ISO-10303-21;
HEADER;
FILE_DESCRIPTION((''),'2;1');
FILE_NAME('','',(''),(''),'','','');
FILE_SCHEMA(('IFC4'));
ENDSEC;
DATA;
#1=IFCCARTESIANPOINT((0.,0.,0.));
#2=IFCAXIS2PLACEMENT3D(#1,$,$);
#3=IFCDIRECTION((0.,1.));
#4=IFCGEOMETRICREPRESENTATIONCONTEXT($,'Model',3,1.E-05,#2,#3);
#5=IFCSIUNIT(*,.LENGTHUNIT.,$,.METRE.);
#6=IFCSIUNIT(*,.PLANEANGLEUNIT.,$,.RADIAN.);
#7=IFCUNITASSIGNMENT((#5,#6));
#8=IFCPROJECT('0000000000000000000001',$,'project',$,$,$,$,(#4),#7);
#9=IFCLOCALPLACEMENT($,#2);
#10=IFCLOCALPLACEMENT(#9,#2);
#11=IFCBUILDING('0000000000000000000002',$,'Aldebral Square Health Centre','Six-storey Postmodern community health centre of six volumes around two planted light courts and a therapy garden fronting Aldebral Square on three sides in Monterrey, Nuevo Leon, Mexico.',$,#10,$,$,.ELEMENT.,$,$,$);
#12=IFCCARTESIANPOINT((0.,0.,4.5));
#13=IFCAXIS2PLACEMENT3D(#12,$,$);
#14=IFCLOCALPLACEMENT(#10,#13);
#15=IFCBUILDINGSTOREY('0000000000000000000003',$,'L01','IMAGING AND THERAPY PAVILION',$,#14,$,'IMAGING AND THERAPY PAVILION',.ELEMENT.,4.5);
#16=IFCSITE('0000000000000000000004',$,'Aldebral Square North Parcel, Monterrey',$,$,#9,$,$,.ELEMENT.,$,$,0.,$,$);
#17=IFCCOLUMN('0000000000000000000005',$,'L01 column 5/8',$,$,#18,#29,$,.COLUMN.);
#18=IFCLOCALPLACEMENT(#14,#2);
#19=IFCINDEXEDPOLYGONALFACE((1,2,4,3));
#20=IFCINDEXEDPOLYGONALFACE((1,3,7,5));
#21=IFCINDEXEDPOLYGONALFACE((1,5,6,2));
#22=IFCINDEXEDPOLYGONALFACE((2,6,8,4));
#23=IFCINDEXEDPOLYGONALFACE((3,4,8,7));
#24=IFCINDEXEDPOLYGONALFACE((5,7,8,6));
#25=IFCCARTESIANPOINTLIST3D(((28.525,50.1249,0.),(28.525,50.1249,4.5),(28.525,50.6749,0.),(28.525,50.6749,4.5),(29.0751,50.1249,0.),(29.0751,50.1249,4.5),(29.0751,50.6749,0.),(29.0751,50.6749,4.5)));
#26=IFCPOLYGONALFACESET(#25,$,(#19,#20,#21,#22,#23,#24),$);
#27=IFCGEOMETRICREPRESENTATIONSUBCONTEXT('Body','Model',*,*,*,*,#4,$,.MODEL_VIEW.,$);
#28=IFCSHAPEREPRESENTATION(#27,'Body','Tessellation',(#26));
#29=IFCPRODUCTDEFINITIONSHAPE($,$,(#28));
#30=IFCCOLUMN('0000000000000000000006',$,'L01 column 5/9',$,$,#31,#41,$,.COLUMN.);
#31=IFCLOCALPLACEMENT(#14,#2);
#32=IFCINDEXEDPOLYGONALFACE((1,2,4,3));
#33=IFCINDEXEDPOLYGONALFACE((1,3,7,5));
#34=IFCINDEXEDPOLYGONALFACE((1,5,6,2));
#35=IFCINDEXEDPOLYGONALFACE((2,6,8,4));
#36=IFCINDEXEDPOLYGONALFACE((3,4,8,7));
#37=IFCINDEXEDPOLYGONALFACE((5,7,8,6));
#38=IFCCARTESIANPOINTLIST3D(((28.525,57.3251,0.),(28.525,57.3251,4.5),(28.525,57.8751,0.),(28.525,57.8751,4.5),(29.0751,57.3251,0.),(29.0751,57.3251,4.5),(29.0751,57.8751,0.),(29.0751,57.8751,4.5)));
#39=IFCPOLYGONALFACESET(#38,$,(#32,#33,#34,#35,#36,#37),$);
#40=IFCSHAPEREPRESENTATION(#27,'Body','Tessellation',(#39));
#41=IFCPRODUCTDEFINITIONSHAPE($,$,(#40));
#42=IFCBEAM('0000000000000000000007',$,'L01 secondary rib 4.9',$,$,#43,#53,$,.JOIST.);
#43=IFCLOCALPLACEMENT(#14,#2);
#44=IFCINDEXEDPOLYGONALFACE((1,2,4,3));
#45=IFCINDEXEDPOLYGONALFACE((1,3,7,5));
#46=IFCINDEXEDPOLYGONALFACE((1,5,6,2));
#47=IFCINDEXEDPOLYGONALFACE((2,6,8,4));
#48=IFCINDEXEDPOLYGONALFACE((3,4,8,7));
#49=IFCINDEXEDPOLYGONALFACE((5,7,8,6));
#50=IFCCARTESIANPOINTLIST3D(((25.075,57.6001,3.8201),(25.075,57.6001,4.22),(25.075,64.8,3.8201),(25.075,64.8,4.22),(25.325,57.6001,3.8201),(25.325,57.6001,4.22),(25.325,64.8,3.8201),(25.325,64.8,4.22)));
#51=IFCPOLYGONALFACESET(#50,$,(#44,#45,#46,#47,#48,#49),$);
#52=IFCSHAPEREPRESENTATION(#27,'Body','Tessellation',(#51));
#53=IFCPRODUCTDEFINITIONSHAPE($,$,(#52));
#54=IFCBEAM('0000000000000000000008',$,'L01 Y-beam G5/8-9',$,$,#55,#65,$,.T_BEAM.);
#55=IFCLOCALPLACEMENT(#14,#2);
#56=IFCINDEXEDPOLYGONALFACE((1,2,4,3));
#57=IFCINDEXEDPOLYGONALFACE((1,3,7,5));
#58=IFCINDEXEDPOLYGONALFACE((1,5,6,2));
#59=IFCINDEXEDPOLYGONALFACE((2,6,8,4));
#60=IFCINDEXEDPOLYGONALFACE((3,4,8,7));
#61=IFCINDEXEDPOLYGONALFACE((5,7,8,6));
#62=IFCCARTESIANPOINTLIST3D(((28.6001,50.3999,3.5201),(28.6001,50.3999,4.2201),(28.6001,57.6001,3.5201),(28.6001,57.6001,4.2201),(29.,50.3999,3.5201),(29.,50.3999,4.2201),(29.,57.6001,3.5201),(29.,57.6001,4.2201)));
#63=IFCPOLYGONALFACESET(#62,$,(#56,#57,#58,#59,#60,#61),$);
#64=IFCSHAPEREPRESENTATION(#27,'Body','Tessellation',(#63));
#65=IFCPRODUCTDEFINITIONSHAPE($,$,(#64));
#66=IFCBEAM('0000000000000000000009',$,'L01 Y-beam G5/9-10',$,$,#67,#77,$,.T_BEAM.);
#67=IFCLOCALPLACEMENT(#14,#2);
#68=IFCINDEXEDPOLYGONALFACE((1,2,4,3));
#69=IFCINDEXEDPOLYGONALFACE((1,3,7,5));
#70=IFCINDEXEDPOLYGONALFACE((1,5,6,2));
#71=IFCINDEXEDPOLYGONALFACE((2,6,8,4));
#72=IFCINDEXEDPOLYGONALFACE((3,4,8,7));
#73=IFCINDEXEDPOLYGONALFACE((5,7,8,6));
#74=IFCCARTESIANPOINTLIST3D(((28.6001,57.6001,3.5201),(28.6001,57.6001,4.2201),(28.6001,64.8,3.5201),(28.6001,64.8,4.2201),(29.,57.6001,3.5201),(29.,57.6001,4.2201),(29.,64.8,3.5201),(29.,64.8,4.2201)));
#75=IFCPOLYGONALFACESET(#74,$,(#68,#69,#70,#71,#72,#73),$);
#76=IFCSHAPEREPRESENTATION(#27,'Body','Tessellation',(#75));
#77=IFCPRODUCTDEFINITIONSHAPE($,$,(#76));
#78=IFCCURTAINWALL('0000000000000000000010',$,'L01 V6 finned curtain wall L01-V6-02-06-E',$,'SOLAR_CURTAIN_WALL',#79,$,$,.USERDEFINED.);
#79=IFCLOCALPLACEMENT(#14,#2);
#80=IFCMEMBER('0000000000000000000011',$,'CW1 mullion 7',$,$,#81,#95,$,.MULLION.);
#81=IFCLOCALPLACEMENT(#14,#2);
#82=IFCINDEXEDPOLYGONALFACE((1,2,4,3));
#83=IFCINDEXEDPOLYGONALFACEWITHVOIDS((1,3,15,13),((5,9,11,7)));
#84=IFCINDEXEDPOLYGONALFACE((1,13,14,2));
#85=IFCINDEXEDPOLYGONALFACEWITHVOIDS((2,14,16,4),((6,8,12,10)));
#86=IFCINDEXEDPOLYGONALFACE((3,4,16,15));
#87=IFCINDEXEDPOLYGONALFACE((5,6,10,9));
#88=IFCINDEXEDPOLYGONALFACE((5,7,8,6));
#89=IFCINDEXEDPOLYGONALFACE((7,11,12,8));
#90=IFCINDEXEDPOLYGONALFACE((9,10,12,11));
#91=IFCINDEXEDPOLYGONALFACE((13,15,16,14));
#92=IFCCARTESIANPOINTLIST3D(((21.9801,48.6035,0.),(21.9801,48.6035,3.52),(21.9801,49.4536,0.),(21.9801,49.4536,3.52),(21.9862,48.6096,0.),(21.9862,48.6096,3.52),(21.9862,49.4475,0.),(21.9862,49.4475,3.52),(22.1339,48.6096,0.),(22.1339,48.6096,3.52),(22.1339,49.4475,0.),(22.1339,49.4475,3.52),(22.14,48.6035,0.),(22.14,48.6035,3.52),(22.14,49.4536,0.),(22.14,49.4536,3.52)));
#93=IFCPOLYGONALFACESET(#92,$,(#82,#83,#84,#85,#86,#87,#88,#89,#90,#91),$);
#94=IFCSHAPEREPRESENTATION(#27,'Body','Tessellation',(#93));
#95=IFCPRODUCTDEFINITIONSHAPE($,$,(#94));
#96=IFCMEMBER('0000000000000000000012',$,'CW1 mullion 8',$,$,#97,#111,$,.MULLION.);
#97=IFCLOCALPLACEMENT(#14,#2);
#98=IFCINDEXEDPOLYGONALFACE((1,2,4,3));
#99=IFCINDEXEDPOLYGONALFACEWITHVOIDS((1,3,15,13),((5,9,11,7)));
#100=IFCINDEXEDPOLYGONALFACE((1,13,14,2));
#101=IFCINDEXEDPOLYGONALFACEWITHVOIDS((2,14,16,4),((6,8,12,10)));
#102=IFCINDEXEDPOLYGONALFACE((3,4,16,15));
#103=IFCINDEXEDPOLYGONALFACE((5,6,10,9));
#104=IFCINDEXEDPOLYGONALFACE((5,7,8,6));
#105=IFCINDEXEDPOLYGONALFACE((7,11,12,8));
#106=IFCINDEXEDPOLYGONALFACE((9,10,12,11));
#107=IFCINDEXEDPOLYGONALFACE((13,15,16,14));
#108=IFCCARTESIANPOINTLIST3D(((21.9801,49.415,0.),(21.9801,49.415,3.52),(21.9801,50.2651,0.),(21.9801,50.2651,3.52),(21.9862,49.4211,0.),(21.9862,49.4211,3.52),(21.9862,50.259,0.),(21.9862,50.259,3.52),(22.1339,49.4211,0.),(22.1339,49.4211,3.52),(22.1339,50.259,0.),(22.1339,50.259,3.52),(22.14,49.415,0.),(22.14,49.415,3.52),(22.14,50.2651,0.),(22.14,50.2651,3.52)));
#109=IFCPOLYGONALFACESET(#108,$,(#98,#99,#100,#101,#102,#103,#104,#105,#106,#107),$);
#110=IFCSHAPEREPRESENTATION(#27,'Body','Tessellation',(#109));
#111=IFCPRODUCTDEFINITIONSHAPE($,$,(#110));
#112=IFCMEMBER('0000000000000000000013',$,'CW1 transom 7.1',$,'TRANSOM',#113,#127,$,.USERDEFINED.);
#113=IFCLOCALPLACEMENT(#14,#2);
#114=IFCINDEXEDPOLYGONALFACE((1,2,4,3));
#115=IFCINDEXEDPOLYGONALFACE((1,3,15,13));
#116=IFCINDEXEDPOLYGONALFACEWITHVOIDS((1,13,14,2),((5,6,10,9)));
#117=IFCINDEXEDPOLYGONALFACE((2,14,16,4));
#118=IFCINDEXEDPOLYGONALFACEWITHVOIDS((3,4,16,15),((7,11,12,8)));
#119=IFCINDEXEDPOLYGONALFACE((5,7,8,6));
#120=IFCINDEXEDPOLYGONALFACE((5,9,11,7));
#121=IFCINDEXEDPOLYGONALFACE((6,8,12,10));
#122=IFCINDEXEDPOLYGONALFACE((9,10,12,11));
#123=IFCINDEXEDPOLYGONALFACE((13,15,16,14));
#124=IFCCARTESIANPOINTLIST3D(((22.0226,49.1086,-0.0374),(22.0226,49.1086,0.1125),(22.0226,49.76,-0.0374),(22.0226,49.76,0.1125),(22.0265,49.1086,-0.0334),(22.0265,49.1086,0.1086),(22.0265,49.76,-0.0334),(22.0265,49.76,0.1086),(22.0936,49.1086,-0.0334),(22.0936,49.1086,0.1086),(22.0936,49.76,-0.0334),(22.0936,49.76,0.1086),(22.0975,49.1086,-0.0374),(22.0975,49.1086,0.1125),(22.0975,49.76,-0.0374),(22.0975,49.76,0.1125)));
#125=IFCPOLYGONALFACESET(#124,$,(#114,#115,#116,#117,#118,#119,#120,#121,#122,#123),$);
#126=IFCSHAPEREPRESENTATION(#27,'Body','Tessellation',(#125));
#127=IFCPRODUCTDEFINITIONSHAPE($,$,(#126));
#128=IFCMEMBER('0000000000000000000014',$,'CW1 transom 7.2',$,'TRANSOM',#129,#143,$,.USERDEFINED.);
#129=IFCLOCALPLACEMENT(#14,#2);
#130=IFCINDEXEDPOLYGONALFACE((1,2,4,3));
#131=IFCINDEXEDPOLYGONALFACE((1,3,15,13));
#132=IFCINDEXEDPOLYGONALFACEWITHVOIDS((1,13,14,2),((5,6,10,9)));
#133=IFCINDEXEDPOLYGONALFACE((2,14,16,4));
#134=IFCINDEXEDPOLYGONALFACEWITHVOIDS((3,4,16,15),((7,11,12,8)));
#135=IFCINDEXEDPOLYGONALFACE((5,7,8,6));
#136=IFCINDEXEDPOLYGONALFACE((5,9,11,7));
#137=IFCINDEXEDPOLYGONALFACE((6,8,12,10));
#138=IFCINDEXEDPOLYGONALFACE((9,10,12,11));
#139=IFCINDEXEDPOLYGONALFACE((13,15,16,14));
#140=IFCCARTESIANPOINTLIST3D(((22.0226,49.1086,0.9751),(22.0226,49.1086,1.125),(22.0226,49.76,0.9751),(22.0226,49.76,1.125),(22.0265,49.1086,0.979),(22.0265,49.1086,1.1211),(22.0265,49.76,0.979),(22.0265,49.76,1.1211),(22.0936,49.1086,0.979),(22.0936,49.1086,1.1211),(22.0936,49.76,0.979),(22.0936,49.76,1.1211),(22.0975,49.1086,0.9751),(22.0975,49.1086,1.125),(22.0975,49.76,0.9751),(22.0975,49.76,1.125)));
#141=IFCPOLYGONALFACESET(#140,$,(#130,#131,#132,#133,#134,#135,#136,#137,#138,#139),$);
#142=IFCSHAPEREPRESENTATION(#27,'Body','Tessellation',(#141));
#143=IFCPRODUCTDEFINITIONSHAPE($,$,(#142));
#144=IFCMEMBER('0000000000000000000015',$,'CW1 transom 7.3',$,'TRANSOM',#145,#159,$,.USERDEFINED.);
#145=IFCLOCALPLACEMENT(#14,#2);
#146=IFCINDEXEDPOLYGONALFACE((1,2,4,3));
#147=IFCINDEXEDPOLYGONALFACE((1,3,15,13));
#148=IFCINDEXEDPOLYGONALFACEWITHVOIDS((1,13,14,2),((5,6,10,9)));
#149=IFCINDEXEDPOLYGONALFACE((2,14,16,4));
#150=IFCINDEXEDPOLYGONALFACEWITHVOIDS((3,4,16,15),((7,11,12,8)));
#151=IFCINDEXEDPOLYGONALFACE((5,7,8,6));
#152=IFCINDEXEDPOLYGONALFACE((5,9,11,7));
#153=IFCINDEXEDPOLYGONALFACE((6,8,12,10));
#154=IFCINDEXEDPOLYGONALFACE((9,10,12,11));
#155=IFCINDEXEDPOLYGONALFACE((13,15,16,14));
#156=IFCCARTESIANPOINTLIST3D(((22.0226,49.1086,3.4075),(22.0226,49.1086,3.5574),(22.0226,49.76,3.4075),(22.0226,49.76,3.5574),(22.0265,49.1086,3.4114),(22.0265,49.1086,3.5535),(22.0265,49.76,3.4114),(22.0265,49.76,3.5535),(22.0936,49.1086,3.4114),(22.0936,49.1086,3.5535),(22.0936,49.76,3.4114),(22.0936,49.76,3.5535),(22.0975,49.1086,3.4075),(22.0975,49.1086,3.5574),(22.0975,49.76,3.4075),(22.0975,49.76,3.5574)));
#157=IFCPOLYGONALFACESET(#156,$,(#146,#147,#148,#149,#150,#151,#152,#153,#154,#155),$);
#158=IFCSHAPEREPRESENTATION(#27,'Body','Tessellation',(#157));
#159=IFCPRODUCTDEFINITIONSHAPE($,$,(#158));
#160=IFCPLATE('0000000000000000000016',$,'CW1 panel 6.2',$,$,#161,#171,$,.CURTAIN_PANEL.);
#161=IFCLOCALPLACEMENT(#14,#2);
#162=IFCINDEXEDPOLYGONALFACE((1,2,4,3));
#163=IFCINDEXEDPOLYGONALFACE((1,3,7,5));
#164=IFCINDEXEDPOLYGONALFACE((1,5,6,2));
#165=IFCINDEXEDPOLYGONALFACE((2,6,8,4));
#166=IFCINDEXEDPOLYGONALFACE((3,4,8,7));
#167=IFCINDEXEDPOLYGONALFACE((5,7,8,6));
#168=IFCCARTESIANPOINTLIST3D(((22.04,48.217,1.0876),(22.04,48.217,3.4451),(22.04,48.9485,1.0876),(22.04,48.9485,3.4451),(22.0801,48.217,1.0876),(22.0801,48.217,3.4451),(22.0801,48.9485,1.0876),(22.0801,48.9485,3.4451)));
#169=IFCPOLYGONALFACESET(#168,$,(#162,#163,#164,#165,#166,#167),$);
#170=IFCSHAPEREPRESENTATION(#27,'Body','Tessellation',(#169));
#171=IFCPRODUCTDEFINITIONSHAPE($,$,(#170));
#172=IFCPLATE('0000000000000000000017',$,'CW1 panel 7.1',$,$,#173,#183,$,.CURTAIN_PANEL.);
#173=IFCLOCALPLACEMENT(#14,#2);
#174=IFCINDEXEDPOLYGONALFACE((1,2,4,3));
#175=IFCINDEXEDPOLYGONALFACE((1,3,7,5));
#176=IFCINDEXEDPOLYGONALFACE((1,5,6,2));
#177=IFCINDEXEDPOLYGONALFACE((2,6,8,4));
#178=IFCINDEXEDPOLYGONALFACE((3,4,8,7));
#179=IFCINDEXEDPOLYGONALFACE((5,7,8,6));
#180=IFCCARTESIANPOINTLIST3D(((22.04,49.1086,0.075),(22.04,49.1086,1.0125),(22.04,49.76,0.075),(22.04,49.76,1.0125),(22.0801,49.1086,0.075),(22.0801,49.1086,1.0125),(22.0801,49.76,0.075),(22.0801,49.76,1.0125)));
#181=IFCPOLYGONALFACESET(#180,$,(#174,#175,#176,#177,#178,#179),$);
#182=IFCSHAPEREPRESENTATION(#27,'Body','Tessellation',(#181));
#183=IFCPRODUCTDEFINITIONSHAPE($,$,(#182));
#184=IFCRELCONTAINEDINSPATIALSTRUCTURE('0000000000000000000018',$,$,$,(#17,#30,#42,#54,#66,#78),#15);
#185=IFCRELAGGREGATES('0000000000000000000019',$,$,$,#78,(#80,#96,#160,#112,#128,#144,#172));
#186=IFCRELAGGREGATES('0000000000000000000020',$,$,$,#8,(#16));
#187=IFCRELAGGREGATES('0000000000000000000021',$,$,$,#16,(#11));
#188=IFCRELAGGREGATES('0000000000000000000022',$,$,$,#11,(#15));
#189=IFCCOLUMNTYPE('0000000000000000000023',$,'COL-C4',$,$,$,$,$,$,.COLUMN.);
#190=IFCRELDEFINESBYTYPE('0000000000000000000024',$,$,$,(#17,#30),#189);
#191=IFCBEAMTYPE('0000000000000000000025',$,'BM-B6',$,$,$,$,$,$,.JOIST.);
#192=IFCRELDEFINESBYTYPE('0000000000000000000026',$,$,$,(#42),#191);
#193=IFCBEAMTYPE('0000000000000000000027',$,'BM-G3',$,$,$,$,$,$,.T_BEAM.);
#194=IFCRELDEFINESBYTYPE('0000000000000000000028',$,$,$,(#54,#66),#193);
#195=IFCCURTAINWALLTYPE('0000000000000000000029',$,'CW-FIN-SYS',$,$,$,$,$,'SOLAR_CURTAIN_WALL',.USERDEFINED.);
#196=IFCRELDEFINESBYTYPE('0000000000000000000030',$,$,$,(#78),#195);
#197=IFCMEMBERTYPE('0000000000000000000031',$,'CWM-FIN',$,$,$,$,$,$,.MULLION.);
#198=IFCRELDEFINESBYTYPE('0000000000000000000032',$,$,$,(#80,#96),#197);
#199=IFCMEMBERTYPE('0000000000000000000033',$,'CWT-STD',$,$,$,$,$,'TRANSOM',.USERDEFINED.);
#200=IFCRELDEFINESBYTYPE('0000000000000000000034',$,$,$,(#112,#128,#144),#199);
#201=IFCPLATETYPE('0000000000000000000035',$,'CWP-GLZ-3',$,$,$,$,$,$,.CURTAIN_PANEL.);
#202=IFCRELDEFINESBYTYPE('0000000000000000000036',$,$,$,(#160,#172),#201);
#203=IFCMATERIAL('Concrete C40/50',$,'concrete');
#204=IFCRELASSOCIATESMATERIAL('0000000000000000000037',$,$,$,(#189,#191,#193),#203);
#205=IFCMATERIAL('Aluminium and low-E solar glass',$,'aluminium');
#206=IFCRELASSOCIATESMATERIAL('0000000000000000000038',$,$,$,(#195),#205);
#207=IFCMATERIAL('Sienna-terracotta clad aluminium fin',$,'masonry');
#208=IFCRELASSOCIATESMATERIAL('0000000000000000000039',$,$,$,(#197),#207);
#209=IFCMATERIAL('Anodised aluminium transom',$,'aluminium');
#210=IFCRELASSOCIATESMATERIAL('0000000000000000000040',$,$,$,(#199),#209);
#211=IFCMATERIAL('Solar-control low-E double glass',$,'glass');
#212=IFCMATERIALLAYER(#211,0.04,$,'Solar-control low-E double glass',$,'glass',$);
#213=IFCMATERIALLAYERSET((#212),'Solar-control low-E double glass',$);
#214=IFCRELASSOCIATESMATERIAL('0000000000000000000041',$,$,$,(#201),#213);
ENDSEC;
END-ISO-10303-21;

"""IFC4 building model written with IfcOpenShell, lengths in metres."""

from ifc_helpers import new_model, si_unit, direction, frame, origin, origin_2d, place, context, subcontext, project, spatial, rectangle, hollow_rectangle, extrude, material, layer, layer_set, material_profile, profile_set, type_object, element, aggregate, save


model = new_model("IFC4")

# Units and contexts
model_context = context("Model", 3, precision=1e-05, world=origin(), true_north=direction((0.0, 1.0)))
body_context = subcontext(model_context, "Body", "Model", "MODEL_VIEW")
ifc_project = project(units=[si_unit("LENGTHUNIT", "METRE"), si_unit("PLANEANGLEUNIT", "RADIAN")], contexts=[model_context])

# Site, building, storey
site_placement = place(None, origin())
site = spatial("IfcSite", under=ifc_project, at=site_placement, Name="Aldebral Square North Parcel, Monterrey", CompositionType="ELEMENT", RefElevation=0.0)
building_placement = place(site_placement, origin())
building = spatial("IfcBuilding", under=site, at=building_placement, Name="Aldebral Square Health Centre", Description="Six-storey Postmodern community health centre of six volumes around two planted light courts and a therapy garden fronting Aldebral Square on three sides in Monterrey, Nuevo Leon, Mexico.", CompositionType="ELEMENT")
storey_placement = place(building_placement, frame((0.0, 0.0, 4.5)))
storey = spatial("IfcBuildingStorey", under=building, at=storey_placement, Name="L01", Description="IMAGING AND THERAPY PAVILION", LongName="IMAGING AND THERAPY PAVILION", CompositionType="ELEMENT", Elevation=4.5)

# Columns
ifc_material_1 = material(Name="Concrete C40/50", Category="concrete")
ifc_material_profile_1 = material_profile(ifc_material_1, rectangle(XDim=0.55, YDim=0.55, at=origin_2d()), Name="RC 550x550")
ifc_profile_set_1 = profile_set([ifc_material_profile_1], Name="Concrete C40/50")
column_type = type_object("IfcColumnType", Name="COL-C4", PredefinedType="COLUMN", material=ifc_profile_set_1)
for number, where, z_axis, x_axis, name in (
    (1, (28.8, 50.3999, 0.0), (0.0, 0.0, 1.0), (1.0, 0.0, 0.0), "L01 column 5/8"),
    (2, (28.8, 57.6001, 0.0), (0.0, 0.0, 1.0), (1.0, 0.0, 0.0), "L01 column 5/9"),
):
    element("IfcColumn", number, at=place(storey_placement, frame(where, z_axis=z_axis, x_axis=x_axis)), inside=storey, type_object=column_type, Name=name, PredefinedType="COLUMN", context=body_context, shape_type="SweptSolid", body=[
        extrude(rectangle(XDim=0.55, YDim=0.55, at=origin_2d()), origin(), (0.0, 0.0, 1.0), 4.5),
    ])

# Beams
ifc_material_profile_2 = material_profile(ifc_material_1, rectangle(XDim=0.25, YDim=0.3999, at=origin_2d()), Name="RC 250x400")
ifc_profile_set_2 = profile_set([ifc_material_profile_2], Name="Concrete C40/50")
beam_type_1 = type_object("IfcBeamType", Name="BM-B6", PredefinedType="JOIST", material=ifc_profile_set_2)
beam_1_placement = place(storey_placement, frame((25.2, 57.6001, 4.02), z_axis=(0.0, 1.0, 0.0), x_axis=(-1.0, 0.0, 0.0)))
element("IfcBeam", 3, at=beam_1_placement, inside=storey, type_object=beam_type_1, Name="L01 secondary rib 4.9", PredefinedType="JOIST", context=body_context, shape_type="SweptSolid", body=[
    extrude(rectangle(XDim=0.25, YDim=0.3999, at=origin_2d()), origin(), (0.0, 0.0, 1.0), 7.2),
])
ifc_material_profile_3 = material_profile(ifc_material_1, rectangle(XDim=0.3999, YDim=0.7, at=origin_2d()), Name="RC 400x700")
ifc_profile_set_3 = profile_set([ifc_material_profile_3], Name="Concrete C40/50")
beam_type_2 = type_object("IfcBeamType", Name="BM-G3", PredefinedType="T_BEAM", material=ifc_profile_set_3)
beam_2_placement = place(storey_placement, frame((28.8, 50.3999, 3.8701), z_axis=(0.0, 1.0, 0.0), x_axis=(-1.0, 0.0, 0.0)))
element("IfcBeam", 4, at=beam_2_placement, inside=storey, type_object=beam_type_2, Name="L01 Y-beam G5/8-9", PredefinedType="T_BEAM", context=body_context, shape_type="SweptSolid", body=[
    extrude(rectangle(XDim=0.3999, YDim=0.7, at=origin_2d()), origin(), (0.0, 0.0, 1.0), 7.2002),
])
beam_3_placement = place(storey_placement, frame((28.8, 57.6001, 3.8701), z_axis=(0.0, 1.0, 0.0), x_axis=(-1.0, 0.0, 0.0)))
element("IfcBeam", 5, at=beam_3_placement, inside=storey, type_object=beam_type_2, Name="L01 Y-beam G5/9-10", PredefinedType="T_BEAM", context=body_context, shape_type="SweptSolid", body=[
    extrude(rectangle(XDim=0.3999, YDim=0.7, at=origin_2d()), origin(), (0.0, 0.0, 1.0), 7.2),
])

# Curtain wall, members, plates
ifc_material_2 = material(Name="Aluminium and low-E solar glass", Category="aluminium")
curtain_wall_type = type_object("IfcCurtainWallType", Name="CW-FIN-SYS", ElementType="SOLAR_CURTAIN_WALL", PredefinedType="USERDEFINED", material=ifc_material_2)
curtain_wall_placement = place(storey_placement, origin())
curtain_wall = element("IfcCurtainWall", 6, at=curtain_wall_placement, inside=storey, type_object=curtain_wall_type, Name="L01 V6 finned curtain wall L01-V6-02-06-E", ObjectType="SOLAR_CURTAIN_WALL", PredefinedType="USERDEFINED")
ifc_material_3 = material(Name="Sienna-terracotta clad aluminium fin", Category="masonry")
ifc_material_profile_4 = material_profile(ifc_material_3, hollow_rectangle(XDim=0.1599, YDim=0.8501, WallThickness=0.0061, at=origin_2d()), Name="FIN 160x850x6")
ifc_profile_set_4 = profile_set([ifc_material_profile_4], Name="Sienna-terracotta clad aluminium fin")
member_type_1 = type_object("IfcMemberType", Name="CWM-FIN", PredefinedType="MULLION", material=ifc_profile_set_4)
member_1_placement = place(storey_placement, frame((22.0601, 49.0286, 0.0), z_axis=(0.0, 0.0, 1.0), x_axis=(-1.0, 0.0, 0.0)))
member_1 = element("IfcMember", 7, at=member_1_placement, type_object=member_type_1, Name="CW1 mullion 7", PredefinedType="MULLION", context=body_context, shape_type="SweptSolid", body=[
    extrude(hollow_rectangle(XDim=0.1599, YDim=0.8501, WallThickness=0.0061, at=origin_2d()), origin(), (0.0, 0.0, 1.0), 3.52),
])
member_2_placement = place(storey_placement, frame((22.0601, 49.8401, 0.0), z_axis=(0.0, 0.0, 1.0), x_axis=(-1.0, 0.0, 0.0)))
member_2 = element("IfcMember", 8, at=member_2_placement, type_object=member_type_1, Name="CW1 mullion 8", PredefinedType="MULLION", context=body_context, shape_type="SweptSolid", body=[
    extrude(hollow_rectangle(XDim=0.1599, YDim=0.8501, WallThickness=0.0061, at=origin_2d()), origin(), (0.0, 0.0, 1.0), 3.52),
])
ifc_material_4 = material(Name="Anodised aluminium transom", Category="aluminium")
ifc_material_profile_5 = material_profile(ifc_material_4, hollow_rectangle(XDim=0.075, YDim=0.1499, WallThickness=0.0039, at=origin_2d()), Name="CWT 75x150x4")
ifc_profile_set_5 = profile_set([ifc_material_profile_5], Name="Anodised aluminium transom")
member_type_2 = type_object("IfcMemberType", Name="CWT-STD", ElementType="TRANSOM", PredefinedType="USERDEFINED", material=ifc_profile_set_5)
member_3_placement = place(storey_placement, frame((22.0601, 49.1086, 0.0376), z_axis=(0.0, 1.0, 0.0), x_axis=(-1.0, 0.0, 0.0)))
member_3 = element("IfcMember", 9, at=member_3_placement, type_object=member_type_2, Name="CW1 transom 7.1", ObjectType="TRANSOM", PredefinedType="USERDEFINED", context=body_context, shape_type="SweptSolid", body=[
    extrude(hollow_rectangle(XDim=0.075, YDim=0.1499, WallThickness=0.0039, at=origin_2d()), origin(), (0.0, 0.0, 1.0), 0.6514),
])
member_4_placement = place(storey_placement, frame((22.0601, 49.1086, 1.05), z_axis=(0.0, 1.0, 0.0), x_axis=(-1.0, 0.0, 0.0)))
member_4 = element("IfcMember", 10, at=member_4_placement, type_object=member_type_2, Name="CW1 transom 7.2", ObjectType="TRANSOM", PredefinedType="USERDEFINED", context=body_context, shape_type="SweptSolid", body=[
    extrude(hollow_rectangle(XDim=0.075, YDim=0.1499, WallThickness=0.0039, at=origin_2d()), origin(), (0.0, 0.0, 1.0), 0.6514),
])
member_5_placement = place(storey_placement, frame((22.0601, 49.1086, 3.4824), z_axis=(0.0, 1.0, 0.0), x_axis=(-1.0, 0.0, 0.0)))
member_5 = element("IfcMember", 11, at=member_5_placement, type_object=member_type_2, Name="CW1 transom 7.3", ObjectType="TRANSOM", PredefinedType="USERDEFINED", context=body_context, shape_type="SweptSolid", body=[
    extrude(hollow_rectangle(XDim=0.075, YDim=0.1499, WallThickness=0.0039, at=origin_2d()), origin(), (0.0, 0.0, 1.0), 0.6514),
])
ifc_material_5 = material(Name="Solar-control low-E double glass", Category="glass")
ifc_layer_1 = layer(ifc_material_5, 0.04, Name="Solar-control low-E double glass", Category="glass")
ifc_layer_set_1 = layer_set([ifc_layer_1], Name="Solar-control low-E double glass")
plate_type = type_object("IfcPlateType", Name="CWP-GLZ-3", PredefinedType="CURTAIN_PANEL", material=ifc_layer_set_1)
plate_1_placement = place(storey_placement, frame((22.0601, 48.5828, 1.0876), z_axis=(0.0, 0.0, 1.0), x_axis=(0.0, 1.0, 0.0)))
plate_1 = element("IfcPlate", 12, at=plate_1_placement, type_object=plate_type, Name="CW1 panel 6.2", PredefinedType="CURTAIN_PANEL", context=body_context, shape_type="SweptSolid", body=[
    extrude(rectangle(XDim=0.7314, YDim=0.04, at=origin_2d()), origin(), (0.0, 0.0, 1.0), 2.3574),
])
plate_2_placement = place(storey_placement, frame((22.0601, 49.4343, 0.075), z_axis=(0.0, 0.0, 1.0), x_axis=(0.0, 1.0, 0.0)))
plate_2 = element("IfcPlate", 13, at=plate_2_placement, type_object=plate_type, Name="CW1 panel 7.1", PredefinedType="CURTAIN_PANEL", context=body_context, shape_type="SweptSolid", body=[
    extrude(rectangle(XDim=0.6514, YDim=0.04, at=origin_2d()), origin(), (0.0, 0.0, 1.0), 0.9375),
])
aggregate(curtain_wall, [member_1, member_2, plate_1, member_3, member_4, member_5, plate_2])

save(model, "model.ifc")
